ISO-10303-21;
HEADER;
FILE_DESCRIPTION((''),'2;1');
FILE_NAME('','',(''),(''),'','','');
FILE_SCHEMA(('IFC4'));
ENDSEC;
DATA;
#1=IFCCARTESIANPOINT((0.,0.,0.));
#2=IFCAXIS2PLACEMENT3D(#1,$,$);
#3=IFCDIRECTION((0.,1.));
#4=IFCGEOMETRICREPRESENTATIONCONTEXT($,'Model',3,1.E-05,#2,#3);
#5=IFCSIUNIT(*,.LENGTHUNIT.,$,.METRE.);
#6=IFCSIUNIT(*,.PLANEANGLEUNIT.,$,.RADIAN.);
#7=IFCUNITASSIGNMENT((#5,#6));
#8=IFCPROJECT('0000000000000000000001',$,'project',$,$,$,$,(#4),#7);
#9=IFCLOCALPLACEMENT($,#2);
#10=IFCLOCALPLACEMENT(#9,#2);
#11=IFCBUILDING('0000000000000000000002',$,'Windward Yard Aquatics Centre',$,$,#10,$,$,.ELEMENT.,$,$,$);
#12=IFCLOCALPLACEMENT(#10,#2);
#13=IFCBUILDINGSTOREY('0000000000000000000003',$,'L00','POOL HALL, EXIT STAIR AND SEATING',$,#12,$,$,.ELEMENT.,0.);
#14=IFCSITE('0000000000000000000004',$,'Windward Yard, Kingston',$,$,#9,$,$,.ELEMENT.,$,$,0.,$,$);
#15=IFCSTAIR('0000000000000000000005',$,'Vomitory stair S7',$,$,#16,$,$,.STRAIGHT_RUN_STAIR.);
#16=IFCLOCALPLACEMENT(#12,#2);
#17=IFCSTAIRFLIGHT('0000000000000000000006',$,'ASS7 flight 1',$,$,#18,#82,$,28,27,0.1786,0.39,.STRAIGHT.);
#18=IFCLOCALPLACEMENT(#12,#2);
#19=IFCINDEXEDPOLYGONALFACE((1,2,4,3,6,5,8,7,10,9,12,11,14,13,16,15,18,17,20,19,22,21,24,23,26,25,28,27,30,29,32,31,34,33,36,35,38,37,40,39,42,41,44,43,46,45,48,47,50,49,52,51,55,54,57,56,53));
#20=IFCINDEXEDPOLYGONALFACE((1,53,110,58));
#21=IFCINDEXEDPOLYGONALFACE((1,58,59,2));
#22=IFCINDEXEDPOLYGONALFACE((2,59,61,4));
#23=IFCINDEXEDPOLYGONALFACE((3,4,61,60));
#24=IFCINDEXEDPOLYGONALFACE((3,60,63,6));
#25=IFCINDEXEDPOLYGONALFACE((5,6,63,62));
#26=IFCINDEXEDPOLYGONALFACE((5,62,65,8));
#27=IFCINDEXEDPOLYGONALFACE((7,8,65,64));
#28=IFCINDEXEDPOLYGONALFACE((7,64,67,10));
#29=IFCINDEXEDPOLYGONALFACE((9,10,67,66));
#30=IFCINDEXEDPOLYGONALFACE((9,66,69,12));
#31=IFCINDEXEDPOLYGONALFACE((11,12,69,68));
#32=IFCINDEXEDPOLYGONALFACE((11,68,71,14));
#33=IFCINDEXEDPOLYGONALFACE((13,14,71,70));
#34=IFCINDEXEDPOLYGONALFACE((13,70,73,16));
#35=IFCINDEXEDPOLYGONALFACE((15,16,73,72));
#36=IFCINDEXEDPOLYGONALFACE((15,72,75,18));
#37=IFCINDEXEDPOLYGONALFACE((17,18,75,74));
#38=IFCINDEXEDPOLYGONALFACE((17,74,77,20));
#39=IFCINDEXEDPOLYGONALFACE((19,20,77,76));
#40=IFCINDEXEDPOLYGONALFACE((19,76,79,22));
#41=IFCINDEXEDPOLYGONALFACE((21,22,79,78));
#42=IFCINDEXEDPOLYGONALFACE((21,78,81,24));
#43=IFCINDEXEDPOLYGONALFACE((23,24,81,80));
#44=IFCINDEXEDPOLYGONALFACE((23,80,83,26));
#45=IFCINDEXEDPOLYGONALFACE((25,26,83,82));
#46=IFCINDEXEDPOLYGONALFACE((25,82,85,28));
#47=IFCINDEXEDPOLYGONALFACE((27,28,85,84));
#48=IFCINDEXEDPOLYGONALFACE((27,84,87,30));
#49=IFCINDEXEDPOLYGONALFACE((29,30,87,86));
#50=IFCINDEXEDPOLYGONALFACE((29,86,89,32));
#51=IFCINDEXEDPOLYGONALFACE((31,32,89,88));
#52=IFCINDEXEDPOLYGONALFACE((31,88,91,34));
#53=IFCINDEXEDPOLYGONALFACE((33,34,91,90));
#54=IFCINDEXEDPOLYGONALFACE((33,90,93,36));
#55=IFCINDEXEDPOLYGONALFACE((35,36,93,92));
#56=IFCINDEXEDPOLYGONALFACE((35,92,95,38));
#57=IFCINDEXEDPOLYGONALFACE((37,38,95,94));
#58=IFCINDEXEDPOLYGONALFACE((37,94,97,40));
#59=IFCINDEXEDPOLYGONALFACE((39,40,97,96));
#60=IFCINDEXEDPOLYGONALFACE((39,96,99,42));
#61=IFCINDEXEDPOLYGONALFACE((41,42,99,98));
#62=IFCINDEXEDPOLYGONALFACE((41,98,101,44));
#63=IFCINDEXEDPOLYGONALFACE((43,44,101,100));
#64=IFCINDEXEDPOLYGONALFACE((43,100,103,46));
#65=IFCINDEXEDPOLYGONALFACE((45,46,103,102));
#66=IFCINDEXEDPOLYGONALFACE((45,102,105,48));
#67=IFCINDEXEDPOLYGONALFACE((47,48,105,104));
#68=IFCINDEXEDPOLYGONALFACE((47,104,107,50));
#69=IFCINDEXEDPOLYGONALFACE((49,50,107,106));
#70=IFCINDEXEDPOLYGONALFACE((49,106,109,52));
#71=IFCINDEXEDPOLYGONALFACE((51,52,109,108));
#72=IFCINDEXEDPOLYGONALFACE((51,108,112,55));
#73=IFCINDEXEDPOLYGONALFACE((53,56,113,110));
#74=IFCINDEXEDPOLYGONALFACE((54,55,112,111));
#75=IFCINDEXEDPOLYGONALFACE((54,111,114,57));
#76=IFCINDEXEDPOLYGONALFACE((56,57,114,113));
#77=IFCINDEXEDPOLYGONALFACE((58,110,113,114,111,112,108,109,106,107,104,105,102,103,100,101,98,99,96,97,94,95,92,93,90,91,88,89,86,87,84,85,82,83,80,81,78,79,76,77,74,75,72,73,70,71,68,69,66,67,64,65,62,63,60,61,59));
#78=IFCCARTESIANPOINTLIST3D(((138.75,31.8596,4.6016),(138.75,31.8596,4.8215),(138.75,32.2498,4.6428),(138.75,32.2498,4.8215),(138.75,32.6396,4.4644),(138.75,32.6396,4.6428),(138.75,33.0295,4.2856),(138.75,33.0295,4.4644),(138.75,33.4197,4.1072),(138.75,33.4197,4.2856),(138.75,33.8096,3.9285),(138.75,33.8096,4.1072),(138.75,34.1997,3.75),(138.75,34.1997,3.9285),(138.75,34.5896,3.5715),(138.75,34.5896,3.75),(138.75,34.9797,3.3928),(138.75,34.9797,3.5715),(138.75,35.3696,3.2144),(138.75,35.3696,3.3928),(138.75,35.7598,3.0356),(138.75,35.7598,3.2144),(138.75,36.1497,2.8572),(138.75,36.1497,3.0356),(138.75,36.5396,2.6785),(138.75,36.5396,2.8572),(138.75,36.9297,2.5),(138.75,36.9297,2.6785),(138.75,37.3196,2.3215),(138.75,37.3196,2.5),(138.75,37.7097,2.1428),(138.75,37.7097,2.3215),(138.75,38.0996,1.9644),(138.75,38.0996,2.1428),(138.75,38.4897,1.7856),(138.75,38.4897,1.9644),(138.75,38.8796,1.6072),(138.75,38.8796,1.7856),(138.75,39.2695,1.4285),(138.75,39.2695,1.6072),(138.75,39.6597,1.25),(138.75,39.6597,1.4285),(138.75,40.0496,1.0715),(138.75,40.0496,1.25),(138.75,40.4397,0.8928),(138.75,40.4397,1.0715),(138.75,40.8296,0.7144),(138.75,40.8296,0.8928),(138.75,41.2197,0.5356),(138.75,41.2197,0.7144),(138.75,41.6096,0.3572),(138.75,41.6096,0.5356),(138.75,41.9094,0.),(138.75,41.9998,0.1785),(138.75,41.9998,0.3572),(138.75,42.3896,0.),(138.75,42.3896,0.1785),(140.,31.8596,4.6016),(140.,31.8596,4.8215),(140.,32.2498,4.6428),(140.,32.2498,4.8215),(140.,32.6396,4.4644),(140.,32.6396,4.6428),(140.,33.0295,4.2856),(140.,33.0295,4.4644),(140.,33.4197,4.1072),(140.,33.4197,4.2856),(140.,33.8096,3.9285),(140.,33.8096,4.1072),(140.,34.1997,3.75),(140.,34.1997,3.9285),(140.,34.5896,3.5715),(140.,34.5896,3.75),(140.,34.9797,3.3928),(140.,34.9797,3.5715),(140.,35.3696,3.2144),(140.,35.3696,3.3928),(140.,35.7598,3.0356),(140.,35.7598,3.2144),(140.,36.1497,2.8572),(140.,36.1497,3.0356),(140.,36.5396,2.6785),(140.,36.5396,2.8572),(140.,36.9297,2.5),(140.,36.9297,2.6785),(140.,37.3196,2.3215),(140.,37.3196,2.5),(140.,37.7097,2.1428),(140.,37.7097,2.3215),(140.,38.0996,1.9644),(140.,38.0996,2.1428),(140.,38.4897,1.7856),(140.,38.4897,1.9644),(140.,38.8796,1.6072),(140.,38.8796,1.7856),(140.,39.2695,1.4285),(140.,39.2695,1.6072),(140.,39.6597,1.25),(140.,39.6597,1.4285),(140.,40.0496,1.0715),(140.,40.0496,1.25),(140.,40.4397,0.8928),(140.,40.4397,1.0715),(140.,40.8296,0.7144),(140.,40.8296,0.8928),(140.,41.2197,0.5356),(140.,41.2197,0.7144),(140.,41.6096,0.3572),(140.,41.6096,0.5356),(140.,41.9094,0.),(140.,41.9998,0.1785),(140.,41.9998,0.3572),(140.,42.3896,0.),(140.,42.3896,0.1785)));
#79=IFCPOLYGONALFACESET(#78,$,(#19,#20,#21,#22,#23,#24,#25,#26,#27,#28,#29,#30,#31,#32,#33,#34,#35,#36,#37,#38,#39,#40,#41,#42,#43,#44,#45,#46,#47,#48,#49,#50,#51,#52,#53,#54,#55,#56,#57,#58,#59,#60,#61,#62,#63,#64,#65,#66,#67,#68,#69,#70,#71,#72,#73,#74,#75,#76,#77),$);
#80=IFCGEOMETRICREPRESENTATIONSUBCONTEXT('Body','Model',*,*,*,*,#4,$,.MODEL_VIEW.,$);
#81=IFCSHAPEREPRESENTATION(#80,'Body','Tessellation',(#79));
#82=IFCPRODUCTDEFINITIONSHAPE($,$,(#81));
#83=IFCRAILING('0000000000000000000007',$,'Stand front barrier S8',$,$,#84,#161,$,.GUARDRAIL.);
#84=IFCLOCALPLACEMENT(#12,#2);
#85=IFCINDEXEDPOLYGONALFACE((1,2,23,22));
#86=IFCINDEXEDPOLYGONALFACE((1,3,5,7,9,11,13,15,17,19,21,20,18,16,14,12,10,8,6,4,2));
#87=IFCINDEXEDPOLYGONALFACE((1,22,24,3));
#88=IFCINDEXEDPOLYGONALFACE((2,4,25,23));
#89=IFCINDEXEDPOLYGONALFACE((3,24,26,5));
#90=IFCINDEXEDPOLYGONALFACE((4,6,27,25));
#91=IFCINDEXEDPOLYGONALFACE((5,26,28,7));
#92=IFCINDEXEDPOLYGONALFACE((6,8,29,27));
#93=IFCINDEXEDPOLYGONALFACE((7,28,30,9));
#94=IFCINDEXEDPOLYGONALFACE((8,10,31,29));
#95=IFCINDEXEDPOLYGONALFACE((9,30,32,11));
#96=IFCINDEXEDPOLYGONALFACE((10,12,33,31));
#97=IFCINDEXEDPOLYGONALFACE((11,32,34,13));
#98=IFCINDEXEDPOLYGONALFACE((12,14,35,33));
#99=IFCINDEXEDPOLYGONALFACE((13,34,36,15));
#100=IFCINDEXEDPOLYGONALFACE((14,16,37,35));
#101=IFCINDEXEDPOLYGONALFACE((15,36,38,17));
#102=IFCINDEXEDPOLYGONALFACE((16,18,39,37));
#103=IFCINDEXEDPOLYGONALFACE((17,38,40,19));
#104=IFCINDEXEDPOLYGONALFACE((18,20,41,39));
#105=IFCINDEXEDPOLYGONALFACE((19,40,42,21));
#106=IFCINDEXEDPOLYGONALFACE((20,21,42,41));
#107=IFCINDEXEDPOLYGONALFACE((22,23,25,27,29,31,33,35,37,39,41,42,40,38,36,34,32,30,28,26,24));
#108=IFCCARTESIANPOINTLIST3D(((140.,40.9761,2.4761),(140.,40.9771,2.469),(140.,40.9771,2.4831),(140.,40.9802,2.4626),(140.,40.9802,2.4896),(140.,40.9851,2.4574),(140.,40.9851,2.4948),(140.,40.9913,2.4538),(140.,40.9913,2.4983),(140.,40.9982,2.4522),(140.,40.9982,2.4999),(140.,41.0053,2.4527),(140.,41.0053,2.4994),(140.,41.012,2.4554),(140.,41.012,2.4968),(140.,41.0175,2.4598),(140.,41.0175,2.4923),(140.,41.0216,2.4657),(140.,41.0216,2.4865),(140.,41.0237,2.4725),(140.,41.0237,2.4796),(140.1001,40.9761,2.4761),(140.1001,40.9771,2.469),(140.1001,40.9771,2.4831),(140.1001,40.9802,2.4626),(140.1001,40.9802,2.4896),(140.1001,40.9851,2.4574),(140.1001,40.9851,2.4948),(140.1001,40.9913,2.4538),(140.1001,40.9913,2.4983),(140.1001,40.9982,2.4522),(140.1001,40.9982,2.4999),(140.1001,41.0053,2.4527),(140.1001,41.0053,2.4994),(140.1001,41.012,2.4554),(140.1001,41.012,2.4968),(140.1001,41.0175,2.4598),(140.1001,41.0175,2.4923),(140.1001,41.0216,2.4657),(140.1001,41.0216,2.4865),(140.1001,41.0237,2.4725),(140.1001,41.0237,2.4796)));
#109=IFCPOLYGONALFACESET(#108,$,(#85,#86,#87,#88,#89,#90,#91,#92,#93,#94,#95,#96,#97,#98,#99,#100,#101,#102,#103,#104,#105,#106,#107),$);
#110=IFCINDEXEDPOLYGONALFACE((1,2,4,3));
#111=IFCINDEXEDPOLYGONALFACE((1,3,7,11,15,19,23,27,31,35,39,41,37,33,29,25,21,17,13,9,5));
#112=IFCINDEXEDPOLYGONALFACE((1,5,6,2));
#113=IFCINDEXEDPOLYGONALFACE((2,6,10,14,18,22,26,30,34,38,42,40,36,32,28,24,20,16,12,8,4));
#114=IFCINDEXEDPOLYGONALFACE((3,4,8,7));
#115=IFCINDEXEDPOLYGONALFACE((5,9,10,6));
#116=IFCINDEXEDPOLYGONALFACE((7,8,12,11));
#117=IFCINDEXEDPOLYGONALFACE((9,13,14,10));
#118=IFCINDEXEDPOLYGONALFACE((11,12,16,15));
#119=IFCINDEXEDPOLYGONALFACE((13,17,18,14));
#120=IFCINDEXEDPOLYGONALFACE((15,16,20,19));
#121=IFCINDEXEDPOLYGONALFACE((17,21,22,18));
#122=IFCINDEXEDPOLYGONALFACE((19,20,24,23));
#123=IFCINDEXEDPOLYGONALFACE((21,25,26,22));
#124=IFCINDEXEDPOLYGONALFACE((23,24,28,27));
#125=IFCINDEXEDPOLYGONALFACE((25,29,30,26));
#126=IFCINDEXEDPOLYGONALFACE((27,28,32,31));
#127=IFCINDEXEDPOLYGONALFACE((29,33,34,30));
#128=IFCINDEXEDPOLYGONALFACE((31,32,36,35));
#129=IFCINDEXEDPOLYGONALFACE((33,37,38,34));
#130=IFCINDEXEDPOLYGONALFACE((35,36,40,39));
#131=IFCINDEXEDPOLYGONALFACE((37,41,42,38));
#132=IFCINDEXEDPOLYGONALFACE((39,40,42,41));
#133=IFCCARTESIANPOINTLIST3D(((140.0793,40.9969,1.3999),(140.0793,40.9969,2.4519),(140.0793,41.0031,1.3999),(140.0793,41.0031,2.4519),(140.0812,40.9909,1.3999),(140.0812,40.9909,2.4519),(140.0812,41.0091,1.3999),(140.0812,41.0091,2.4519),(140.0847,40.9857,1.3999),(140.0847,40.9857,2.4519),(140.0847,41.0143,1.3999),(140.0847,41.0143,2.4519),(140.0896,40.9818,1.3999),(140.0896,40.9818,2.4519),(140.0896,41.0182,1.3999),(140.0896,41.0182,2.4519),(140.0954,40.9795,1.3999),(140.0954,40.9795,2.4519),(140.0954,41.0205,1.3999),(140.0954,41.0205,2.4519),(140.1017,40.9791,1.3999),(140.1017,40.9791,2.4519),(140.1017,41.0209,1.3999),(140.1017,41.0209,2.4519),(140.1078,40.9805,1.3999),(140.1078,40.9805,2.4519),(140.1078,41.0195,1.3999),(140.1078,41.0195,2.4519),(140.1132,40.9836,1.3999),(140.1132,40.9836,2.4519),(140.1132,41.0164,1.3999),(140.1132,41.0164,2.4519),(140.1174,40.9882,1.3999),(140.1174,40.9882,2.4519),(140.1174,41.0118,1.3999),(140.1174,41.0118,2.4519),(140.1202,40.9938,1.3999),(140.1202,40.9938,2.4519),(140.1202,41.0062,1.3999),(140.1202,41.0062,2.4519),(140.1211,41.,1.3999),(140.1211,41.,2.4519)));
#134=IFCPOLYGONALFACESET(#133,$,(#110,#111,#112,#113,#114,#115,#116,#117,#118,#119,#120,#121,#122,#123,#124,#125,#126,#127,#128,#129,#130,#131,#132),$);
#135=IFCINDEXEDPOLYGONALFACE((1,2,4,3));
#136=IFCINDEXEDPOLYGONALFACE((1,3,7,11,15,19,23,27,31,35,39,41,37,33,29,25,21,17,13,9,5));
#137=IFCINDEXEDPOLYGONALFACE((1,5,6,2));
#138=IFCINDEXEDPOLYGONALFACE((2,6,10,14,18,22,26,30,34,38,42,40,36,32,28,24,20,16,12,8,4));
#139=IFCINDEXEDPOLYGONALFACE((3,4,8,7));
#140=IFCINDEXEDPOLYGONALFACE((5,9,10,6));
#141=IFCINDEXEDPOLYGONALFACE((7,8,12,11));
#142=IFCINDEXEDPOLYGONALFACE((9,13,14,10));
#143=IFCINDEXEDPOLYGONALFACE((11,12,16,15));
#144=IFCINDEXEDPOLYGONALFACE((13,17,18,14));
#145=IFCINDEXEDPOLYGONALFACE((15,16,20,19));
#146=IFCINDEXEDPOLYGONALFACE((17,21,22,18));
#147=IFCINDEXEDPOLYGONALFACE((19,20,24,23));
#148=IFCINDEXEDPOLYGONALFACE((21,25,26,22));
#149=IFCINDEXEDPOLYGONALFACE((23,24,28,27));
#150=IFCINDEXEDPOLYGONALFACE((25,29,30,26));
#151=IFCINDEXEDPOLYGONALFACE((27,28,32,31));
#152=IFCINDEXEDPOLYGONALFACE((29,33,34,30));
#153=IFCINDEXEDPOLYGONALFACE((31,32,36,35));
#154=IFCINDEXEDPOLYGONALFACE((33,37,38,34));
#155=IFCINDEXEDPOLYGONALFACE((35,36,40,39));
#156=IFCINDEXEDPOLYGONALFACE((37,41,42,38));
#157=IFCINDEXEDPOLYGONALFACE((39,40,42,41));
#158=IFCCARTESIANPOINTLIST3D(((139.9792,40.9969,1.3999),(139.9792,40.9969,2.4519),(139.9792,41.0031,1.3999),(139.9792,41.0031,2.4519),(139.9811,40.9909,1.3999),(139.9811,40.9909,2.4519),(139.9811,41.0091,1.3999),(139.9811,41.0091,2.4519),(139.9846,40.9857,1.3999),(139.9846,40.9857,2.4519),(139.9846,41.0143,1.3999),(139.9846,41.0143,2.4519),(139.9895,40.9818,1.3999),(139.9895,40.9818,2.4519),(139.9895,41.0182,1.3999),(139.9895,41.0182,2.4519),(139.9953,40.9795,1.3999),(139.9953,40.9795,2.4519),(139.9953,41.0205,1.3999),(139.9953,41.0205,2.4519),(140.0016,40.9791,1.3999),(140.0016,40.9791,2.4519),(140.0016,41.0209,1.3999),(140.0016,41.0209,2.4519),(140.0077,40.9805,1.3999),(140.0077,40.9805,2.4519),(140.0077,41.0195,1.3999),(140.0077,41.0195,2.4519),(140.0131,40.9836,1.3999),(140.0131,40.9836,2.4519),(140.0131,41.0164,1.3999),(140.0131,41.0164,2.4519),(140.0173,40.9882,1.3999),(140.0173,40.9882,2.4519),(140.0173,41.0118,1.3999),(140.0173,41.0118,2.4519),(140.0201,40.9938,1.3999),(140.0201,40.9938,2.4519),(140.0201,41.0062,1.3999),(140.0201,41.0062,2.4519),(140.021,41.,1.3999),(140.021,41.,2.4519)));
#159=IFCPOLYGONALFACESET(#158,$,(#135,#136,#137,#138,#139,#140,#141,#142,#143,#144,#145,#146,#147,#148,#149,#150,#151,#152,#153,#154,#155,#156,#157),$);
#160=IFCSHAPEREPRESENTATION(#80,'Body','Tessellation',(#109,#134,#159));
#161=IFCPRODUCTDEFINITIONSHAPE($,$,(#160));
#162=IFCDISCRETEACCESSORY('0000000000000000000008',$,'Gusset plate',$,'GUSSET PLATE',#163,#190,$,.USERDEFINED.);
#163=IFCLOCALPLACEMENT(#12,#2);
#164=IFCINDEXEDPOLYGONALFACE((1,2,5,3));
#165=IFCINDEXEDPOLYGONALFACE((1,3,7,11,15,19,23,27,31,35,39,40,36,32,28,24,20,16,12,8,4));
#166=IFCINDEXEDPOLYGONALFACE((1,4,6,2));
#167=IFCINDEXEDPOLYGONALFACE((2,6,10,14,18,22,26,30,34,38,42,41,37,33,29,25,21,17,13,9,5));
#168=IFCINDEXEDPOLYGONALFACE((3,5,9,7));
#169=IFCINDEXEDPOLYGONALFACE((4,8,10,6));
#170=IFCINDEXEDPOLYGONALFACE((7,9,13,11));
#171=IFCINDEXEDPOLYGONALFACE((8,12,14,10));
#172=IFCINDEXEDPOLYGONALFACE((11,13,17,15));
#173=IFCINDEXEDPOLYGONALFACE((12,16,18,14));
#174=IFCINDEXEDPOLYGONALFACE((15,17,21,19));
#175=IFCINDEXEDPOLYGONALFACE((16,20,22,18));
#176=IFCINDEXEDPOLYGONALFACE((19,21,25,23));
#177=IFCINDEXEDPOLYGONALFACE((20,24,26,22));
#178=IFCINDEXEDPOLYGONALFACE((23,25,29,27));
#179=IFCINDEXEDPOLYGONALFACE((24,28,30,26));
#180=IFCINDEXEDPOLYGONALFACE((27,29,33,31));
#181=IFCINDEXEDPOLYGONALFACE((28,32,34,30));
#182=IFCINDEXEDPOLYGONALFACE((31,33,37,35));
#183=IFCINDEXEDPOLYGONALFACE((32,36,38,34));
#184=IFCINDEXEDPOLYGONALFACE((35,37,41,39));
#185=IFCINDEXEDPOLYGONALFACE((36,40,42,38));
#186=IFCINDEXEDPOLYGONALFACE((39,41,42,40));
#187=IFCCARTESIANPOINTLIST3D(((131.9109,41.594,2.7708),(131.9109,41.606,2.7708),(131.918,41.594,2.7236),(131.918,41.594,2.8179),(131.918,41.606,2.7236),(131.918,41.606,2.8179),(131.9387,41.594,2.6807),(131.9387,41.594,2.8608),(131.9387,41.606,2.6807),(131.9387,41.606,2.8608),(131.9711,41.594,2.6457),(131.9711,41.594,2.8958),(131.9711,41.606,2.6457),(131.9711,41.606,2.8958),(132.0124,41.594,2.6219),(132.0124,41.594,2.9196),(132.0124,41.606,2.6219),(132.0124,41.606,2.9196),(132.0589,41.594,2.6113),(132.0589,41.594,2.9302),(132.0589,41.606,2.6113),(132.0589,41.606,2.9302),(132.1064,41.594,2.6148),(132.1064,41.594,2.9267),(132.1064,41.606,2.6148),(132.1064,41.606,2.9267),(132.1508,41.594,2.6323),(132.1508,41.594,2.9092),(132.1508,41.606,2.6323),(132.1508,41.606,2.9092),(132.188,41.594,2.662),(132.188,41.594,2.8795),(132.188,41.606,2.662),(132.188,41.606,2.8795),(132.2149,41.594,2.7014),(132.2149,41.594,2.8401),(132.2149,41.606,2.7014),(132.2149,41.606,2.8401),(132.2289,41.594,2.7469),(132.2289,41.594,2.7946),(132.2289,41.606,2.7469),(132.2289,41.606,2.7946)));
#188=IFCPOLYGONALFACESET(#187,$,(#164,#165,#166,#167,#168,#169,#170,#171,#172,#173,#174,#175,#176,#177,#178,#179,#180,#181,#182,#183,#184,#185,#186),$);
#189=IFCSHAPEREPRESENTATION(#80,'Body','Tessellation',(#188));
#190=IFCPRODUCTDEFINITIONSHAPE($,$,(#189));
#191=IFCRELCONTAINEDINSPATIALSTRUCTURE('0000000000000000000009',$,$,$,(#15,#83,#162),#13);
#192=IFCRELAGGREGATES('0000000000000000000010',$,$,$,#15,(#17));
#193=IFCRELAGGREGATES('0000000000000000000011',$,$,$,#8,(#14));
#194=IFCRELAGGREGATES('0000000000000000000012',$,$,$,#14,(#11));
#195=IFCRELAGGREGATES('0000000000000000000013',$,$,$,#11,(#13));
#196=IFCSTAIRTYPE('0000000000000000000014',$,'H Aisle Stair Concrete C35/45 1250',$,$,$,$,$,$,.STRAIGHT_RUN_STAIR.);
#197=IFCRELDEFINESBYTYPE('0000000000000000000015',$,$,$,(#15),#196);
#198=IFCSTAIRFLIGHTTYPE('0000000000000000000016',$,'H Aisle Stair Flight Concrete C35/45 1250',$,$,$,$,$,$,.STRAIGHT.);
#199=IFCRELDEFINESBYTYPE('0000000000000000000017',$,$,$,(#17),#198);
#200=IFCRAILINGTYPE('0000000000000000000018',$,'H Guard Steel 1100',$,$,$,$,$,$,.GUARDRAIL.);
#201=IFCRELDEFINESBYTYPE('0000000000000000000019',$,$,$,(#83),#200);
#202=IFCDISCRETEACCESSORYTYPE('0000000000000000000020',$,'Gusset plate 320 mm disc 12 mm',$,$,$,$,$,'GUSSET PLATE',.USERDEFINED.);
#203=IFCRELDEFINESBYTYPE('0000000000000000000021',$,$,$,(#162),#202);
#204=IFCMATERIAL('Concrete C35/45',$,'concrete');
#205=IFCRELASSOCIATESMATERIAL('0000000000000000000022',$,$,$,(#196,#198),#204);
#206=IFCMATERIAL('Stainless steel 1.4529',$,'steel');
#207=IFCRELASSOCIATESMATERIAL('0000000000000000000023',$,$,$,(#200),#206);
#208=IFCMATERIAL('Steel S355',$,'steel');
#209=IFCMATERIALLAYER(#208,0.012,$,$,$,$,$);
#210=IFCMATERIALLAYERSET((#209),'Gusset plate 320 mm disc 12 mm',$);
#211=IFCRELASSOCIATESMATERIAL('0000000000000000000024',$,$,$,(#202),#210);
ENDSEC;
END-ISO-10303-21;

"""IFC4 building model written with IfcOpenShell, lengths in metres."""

from ifc_helpers import new_model, si_unit, direction, frame, origin, origin_2d, place, context, subcontext, project, spatial, polyline, circle, outline, extrude, material, layer, layer_set, type_object, element, aggregate, save


model = new_model("IFC4")

# Units and contexts
model_context = context("Model", 3, precision=1e-05, world=origin(), true_north=direction((0.0, 1.0)))
body_context = subcontext(model_context, "Body", "Model", "MODEL_VIEW")
ifc_project = project(units=[si_unit("LENGTHUNIT", "METRE"), si_unit("PLANEANGLEUNIT", "RADIAN")], contexts=[model_context])

# Site, building, storey
site_placement = place(None, origin())
site = spatial("IfcSite", under=ifc_project, at=site_placement, Name="Windward Yard, Kingston", CompositionType="ELEMENT", RefElevation=0.0)
building_placement = place(site_placement, origin())
building = spatial("IfcBuilding", under=site, at=building_placement, Name="Windward Yard Aquatics Centre", CompositionType="ELEMENT")
storey_placement = place(building_placement, origin())
storey = spatial("IfcBuildingStorey", under=building, at=storey_placement, Name="L00", Description="POOL HALL, EXIT STAIR AND SEATING", CompositionType="ELEMENT", Elevation=0.0)

# Shared definitions
ifc_material_1 = material(Name="Concrete C35/45", Category="concrete")

# Stair, stair flight
stair_type = type_object("IfcStairType", Name="H Aisle Stair Concrete C35/45 1250", PredefinedType="STRAIGHT_RUN_STAIR", material=ifc_material_1)
stair_flight_type = type_object("IfcStairFlightType", Name="H Aisle Stair Flight Concrete C35/45 1250", PredefinedType="STRAIGHT", material=ifc_material_1)
stair_1_placement = place(storey_placement, origin())
stair_1 = element("IfcStair", 1, at=stair_1_placement, inside=storey, type_object=stair_type, Name="Vomitory stair S7", PredefinedType="STRAIGHT_RUN_STAIR")
stair_flight_1_placement = place(storey_placement, frame((139.375, 42.3896, 0.0), z_axis=(0.0, 0.0, 1.0), x_axis=(0.0, -1.0, 0.0)))
stair_flight_1 = element("IfcStairFlight", 2, at=stair_flight_1_placement, type_object=stair_flight_type, Name="ASS7 flight 1", NumberOfRisers=28, NumberOfTreads=27, PredefinedType="STRAIGHT", RiserHeight=0.1786, TreadLength=0.39, context=body_context, shape_type="SweptSolid", body=[
    extrude(outline(polyline([(0.0, 0.0), (0.0, 0.1785), (0.3899, 0.1785), (0.3899, 0.3572), (0.78, 0.3572), (0.78, 0.5356), (1.1699, 0.5356), (1.1699, 0.7144), (1.5601, 0.7144), (1.5601, 0.8928), (1.95, 0.8928), (1.95, 1.0715), (2.3401, 1.0715), (2.3401, 1.25), (2.73, 1.25), (2.73, 1.4285), (3.1201, 1.4285), (3.1201, 1.6072), (3.51, 1.6072), (3.51, 1.7856), (3.8999, 1.7856), (3.8999, 1.9644), (4.29, 1.9644), (4.29, 2.1428), (4.6799, 2.1428), (4.6799, 2.3215), (5.0701, 2.3215), (5.0701, 2.5), (5.46, 2.5), (5.46, 2.6785), (5.8501, 2.6785), (5.8501, 2.8572), (6.24, 2.8572), (6.24, 3.0356), (6.6299, 3.0356), (6.6299, 3.2144), (7.02, 3.2144), (7.02, 3.3928), (7.4099, 3.3928), (7.4099, 3.5715), (7.8, 3.5715), (7.8, 3.75), (8.1899, 3.75), (8.1899, 3.9285), (8.5801, 3.9285), (8.5801, 4.1072), (8.97, 4.1072), (8.97, 4.2856), (9.3601, 4.2856), (9.3601, 4.4644), (9.75, 4.4644), (9.75, 4.6428), (10.1399, 4.6428), (10.1399, 4.8215), (10.53, 4.8215), (10.53, 5.0), (10.53, 4.6016), (0.4802, 0.0), (0.0, 0.0)])), frame((0.0, 0.625, 0.0), z_axis=(0.0, -1.0, 0.0), x_axis=(1.0, 0.0, 0.0)), (0.0, 0.0, 1.0), 1.25),
])
aggregate(stair_1, [stair_flight_1])

# Railing
ifc_material_2 = material(Name="Stainless steel 1.4529", Category="steel")
railing_type_1 = type_object("IfcRailingType", Name="H Guard Steel 1100", PredefinedType="GUARDRAIL", material=ifc_material_2)
railing_1_placement = place(storey_placement, frame((140.1001, 41.0, 1.3999)))
element("IfcRailing", 3, at=railing_1_placement, inside=storey, type_object=railing_type_1, Name="Stand front barrier S8", PredefinedType="GUARDRAIL", context=body_context, shape_type="SweptSolid", body=[
    extrude(circle(Radius=0.0239, at=origin_2d()), frame((0.0, 0.0, 1.0762), z_axis=(-1.0, 0.0, 0.0), x_axis=(0.0, -1.0, 0.0)), (0.0, 0.0, 1.0), 0.1001),
    extrude(circle(Radius=0.021, at=origin_2d()), origin(), (0.0, 0.0, 1.0), 1.052),
    extrude(circle(Radius=0.021, at=origin_2d()), frame((-0.1001, 0.0, 0.0)), (0.0, 0.0, 1.0), 1.052),
])

# Discrete accessory
ifc_material_3 = material(Name="Steel S355", Category="steel")
ifc_layer_1 = layer(ifc_material_3, 0.012)
ifc_layer_set_1 = layer_set([ifc_layer_1], Name="Gusset plate 320 mm disc 12 mm")
discrete_accessory_type = type_object("IfcDiscreteAccessoryType", Name="Gusset plate 320 mm disc 12 mm", ElementType="GUSSET PLATE", PredefinedType="USERDEFINED", material=ifc_layer_set_1)
for number, where, z_axis, x_axis, name in (
    (4, (132.0708, 41.594, 2.7708), (0.0, 1.0, 0.0), (-1.0, 0.0, 0.0), "Gusset plate"),
):
    element("IfcDiscreteAccessory", number, at=place(storey_placement, frame(where, z_axis=z_axis, x_axis=x_axis)), inside=storey, type_object=discrete_accessory_type, Name=name, ObjectType="GUSSET PLATE", PredefinedType="USERDEFINED", context=body_context, shape_type="SweptSolid", body=[
        extrude(circle(Radius=0.1599, at=origin_2d()), origin(), (0.0, 0.0, 1.0), 0.012),
    ])

save(model, "model.ifc")
